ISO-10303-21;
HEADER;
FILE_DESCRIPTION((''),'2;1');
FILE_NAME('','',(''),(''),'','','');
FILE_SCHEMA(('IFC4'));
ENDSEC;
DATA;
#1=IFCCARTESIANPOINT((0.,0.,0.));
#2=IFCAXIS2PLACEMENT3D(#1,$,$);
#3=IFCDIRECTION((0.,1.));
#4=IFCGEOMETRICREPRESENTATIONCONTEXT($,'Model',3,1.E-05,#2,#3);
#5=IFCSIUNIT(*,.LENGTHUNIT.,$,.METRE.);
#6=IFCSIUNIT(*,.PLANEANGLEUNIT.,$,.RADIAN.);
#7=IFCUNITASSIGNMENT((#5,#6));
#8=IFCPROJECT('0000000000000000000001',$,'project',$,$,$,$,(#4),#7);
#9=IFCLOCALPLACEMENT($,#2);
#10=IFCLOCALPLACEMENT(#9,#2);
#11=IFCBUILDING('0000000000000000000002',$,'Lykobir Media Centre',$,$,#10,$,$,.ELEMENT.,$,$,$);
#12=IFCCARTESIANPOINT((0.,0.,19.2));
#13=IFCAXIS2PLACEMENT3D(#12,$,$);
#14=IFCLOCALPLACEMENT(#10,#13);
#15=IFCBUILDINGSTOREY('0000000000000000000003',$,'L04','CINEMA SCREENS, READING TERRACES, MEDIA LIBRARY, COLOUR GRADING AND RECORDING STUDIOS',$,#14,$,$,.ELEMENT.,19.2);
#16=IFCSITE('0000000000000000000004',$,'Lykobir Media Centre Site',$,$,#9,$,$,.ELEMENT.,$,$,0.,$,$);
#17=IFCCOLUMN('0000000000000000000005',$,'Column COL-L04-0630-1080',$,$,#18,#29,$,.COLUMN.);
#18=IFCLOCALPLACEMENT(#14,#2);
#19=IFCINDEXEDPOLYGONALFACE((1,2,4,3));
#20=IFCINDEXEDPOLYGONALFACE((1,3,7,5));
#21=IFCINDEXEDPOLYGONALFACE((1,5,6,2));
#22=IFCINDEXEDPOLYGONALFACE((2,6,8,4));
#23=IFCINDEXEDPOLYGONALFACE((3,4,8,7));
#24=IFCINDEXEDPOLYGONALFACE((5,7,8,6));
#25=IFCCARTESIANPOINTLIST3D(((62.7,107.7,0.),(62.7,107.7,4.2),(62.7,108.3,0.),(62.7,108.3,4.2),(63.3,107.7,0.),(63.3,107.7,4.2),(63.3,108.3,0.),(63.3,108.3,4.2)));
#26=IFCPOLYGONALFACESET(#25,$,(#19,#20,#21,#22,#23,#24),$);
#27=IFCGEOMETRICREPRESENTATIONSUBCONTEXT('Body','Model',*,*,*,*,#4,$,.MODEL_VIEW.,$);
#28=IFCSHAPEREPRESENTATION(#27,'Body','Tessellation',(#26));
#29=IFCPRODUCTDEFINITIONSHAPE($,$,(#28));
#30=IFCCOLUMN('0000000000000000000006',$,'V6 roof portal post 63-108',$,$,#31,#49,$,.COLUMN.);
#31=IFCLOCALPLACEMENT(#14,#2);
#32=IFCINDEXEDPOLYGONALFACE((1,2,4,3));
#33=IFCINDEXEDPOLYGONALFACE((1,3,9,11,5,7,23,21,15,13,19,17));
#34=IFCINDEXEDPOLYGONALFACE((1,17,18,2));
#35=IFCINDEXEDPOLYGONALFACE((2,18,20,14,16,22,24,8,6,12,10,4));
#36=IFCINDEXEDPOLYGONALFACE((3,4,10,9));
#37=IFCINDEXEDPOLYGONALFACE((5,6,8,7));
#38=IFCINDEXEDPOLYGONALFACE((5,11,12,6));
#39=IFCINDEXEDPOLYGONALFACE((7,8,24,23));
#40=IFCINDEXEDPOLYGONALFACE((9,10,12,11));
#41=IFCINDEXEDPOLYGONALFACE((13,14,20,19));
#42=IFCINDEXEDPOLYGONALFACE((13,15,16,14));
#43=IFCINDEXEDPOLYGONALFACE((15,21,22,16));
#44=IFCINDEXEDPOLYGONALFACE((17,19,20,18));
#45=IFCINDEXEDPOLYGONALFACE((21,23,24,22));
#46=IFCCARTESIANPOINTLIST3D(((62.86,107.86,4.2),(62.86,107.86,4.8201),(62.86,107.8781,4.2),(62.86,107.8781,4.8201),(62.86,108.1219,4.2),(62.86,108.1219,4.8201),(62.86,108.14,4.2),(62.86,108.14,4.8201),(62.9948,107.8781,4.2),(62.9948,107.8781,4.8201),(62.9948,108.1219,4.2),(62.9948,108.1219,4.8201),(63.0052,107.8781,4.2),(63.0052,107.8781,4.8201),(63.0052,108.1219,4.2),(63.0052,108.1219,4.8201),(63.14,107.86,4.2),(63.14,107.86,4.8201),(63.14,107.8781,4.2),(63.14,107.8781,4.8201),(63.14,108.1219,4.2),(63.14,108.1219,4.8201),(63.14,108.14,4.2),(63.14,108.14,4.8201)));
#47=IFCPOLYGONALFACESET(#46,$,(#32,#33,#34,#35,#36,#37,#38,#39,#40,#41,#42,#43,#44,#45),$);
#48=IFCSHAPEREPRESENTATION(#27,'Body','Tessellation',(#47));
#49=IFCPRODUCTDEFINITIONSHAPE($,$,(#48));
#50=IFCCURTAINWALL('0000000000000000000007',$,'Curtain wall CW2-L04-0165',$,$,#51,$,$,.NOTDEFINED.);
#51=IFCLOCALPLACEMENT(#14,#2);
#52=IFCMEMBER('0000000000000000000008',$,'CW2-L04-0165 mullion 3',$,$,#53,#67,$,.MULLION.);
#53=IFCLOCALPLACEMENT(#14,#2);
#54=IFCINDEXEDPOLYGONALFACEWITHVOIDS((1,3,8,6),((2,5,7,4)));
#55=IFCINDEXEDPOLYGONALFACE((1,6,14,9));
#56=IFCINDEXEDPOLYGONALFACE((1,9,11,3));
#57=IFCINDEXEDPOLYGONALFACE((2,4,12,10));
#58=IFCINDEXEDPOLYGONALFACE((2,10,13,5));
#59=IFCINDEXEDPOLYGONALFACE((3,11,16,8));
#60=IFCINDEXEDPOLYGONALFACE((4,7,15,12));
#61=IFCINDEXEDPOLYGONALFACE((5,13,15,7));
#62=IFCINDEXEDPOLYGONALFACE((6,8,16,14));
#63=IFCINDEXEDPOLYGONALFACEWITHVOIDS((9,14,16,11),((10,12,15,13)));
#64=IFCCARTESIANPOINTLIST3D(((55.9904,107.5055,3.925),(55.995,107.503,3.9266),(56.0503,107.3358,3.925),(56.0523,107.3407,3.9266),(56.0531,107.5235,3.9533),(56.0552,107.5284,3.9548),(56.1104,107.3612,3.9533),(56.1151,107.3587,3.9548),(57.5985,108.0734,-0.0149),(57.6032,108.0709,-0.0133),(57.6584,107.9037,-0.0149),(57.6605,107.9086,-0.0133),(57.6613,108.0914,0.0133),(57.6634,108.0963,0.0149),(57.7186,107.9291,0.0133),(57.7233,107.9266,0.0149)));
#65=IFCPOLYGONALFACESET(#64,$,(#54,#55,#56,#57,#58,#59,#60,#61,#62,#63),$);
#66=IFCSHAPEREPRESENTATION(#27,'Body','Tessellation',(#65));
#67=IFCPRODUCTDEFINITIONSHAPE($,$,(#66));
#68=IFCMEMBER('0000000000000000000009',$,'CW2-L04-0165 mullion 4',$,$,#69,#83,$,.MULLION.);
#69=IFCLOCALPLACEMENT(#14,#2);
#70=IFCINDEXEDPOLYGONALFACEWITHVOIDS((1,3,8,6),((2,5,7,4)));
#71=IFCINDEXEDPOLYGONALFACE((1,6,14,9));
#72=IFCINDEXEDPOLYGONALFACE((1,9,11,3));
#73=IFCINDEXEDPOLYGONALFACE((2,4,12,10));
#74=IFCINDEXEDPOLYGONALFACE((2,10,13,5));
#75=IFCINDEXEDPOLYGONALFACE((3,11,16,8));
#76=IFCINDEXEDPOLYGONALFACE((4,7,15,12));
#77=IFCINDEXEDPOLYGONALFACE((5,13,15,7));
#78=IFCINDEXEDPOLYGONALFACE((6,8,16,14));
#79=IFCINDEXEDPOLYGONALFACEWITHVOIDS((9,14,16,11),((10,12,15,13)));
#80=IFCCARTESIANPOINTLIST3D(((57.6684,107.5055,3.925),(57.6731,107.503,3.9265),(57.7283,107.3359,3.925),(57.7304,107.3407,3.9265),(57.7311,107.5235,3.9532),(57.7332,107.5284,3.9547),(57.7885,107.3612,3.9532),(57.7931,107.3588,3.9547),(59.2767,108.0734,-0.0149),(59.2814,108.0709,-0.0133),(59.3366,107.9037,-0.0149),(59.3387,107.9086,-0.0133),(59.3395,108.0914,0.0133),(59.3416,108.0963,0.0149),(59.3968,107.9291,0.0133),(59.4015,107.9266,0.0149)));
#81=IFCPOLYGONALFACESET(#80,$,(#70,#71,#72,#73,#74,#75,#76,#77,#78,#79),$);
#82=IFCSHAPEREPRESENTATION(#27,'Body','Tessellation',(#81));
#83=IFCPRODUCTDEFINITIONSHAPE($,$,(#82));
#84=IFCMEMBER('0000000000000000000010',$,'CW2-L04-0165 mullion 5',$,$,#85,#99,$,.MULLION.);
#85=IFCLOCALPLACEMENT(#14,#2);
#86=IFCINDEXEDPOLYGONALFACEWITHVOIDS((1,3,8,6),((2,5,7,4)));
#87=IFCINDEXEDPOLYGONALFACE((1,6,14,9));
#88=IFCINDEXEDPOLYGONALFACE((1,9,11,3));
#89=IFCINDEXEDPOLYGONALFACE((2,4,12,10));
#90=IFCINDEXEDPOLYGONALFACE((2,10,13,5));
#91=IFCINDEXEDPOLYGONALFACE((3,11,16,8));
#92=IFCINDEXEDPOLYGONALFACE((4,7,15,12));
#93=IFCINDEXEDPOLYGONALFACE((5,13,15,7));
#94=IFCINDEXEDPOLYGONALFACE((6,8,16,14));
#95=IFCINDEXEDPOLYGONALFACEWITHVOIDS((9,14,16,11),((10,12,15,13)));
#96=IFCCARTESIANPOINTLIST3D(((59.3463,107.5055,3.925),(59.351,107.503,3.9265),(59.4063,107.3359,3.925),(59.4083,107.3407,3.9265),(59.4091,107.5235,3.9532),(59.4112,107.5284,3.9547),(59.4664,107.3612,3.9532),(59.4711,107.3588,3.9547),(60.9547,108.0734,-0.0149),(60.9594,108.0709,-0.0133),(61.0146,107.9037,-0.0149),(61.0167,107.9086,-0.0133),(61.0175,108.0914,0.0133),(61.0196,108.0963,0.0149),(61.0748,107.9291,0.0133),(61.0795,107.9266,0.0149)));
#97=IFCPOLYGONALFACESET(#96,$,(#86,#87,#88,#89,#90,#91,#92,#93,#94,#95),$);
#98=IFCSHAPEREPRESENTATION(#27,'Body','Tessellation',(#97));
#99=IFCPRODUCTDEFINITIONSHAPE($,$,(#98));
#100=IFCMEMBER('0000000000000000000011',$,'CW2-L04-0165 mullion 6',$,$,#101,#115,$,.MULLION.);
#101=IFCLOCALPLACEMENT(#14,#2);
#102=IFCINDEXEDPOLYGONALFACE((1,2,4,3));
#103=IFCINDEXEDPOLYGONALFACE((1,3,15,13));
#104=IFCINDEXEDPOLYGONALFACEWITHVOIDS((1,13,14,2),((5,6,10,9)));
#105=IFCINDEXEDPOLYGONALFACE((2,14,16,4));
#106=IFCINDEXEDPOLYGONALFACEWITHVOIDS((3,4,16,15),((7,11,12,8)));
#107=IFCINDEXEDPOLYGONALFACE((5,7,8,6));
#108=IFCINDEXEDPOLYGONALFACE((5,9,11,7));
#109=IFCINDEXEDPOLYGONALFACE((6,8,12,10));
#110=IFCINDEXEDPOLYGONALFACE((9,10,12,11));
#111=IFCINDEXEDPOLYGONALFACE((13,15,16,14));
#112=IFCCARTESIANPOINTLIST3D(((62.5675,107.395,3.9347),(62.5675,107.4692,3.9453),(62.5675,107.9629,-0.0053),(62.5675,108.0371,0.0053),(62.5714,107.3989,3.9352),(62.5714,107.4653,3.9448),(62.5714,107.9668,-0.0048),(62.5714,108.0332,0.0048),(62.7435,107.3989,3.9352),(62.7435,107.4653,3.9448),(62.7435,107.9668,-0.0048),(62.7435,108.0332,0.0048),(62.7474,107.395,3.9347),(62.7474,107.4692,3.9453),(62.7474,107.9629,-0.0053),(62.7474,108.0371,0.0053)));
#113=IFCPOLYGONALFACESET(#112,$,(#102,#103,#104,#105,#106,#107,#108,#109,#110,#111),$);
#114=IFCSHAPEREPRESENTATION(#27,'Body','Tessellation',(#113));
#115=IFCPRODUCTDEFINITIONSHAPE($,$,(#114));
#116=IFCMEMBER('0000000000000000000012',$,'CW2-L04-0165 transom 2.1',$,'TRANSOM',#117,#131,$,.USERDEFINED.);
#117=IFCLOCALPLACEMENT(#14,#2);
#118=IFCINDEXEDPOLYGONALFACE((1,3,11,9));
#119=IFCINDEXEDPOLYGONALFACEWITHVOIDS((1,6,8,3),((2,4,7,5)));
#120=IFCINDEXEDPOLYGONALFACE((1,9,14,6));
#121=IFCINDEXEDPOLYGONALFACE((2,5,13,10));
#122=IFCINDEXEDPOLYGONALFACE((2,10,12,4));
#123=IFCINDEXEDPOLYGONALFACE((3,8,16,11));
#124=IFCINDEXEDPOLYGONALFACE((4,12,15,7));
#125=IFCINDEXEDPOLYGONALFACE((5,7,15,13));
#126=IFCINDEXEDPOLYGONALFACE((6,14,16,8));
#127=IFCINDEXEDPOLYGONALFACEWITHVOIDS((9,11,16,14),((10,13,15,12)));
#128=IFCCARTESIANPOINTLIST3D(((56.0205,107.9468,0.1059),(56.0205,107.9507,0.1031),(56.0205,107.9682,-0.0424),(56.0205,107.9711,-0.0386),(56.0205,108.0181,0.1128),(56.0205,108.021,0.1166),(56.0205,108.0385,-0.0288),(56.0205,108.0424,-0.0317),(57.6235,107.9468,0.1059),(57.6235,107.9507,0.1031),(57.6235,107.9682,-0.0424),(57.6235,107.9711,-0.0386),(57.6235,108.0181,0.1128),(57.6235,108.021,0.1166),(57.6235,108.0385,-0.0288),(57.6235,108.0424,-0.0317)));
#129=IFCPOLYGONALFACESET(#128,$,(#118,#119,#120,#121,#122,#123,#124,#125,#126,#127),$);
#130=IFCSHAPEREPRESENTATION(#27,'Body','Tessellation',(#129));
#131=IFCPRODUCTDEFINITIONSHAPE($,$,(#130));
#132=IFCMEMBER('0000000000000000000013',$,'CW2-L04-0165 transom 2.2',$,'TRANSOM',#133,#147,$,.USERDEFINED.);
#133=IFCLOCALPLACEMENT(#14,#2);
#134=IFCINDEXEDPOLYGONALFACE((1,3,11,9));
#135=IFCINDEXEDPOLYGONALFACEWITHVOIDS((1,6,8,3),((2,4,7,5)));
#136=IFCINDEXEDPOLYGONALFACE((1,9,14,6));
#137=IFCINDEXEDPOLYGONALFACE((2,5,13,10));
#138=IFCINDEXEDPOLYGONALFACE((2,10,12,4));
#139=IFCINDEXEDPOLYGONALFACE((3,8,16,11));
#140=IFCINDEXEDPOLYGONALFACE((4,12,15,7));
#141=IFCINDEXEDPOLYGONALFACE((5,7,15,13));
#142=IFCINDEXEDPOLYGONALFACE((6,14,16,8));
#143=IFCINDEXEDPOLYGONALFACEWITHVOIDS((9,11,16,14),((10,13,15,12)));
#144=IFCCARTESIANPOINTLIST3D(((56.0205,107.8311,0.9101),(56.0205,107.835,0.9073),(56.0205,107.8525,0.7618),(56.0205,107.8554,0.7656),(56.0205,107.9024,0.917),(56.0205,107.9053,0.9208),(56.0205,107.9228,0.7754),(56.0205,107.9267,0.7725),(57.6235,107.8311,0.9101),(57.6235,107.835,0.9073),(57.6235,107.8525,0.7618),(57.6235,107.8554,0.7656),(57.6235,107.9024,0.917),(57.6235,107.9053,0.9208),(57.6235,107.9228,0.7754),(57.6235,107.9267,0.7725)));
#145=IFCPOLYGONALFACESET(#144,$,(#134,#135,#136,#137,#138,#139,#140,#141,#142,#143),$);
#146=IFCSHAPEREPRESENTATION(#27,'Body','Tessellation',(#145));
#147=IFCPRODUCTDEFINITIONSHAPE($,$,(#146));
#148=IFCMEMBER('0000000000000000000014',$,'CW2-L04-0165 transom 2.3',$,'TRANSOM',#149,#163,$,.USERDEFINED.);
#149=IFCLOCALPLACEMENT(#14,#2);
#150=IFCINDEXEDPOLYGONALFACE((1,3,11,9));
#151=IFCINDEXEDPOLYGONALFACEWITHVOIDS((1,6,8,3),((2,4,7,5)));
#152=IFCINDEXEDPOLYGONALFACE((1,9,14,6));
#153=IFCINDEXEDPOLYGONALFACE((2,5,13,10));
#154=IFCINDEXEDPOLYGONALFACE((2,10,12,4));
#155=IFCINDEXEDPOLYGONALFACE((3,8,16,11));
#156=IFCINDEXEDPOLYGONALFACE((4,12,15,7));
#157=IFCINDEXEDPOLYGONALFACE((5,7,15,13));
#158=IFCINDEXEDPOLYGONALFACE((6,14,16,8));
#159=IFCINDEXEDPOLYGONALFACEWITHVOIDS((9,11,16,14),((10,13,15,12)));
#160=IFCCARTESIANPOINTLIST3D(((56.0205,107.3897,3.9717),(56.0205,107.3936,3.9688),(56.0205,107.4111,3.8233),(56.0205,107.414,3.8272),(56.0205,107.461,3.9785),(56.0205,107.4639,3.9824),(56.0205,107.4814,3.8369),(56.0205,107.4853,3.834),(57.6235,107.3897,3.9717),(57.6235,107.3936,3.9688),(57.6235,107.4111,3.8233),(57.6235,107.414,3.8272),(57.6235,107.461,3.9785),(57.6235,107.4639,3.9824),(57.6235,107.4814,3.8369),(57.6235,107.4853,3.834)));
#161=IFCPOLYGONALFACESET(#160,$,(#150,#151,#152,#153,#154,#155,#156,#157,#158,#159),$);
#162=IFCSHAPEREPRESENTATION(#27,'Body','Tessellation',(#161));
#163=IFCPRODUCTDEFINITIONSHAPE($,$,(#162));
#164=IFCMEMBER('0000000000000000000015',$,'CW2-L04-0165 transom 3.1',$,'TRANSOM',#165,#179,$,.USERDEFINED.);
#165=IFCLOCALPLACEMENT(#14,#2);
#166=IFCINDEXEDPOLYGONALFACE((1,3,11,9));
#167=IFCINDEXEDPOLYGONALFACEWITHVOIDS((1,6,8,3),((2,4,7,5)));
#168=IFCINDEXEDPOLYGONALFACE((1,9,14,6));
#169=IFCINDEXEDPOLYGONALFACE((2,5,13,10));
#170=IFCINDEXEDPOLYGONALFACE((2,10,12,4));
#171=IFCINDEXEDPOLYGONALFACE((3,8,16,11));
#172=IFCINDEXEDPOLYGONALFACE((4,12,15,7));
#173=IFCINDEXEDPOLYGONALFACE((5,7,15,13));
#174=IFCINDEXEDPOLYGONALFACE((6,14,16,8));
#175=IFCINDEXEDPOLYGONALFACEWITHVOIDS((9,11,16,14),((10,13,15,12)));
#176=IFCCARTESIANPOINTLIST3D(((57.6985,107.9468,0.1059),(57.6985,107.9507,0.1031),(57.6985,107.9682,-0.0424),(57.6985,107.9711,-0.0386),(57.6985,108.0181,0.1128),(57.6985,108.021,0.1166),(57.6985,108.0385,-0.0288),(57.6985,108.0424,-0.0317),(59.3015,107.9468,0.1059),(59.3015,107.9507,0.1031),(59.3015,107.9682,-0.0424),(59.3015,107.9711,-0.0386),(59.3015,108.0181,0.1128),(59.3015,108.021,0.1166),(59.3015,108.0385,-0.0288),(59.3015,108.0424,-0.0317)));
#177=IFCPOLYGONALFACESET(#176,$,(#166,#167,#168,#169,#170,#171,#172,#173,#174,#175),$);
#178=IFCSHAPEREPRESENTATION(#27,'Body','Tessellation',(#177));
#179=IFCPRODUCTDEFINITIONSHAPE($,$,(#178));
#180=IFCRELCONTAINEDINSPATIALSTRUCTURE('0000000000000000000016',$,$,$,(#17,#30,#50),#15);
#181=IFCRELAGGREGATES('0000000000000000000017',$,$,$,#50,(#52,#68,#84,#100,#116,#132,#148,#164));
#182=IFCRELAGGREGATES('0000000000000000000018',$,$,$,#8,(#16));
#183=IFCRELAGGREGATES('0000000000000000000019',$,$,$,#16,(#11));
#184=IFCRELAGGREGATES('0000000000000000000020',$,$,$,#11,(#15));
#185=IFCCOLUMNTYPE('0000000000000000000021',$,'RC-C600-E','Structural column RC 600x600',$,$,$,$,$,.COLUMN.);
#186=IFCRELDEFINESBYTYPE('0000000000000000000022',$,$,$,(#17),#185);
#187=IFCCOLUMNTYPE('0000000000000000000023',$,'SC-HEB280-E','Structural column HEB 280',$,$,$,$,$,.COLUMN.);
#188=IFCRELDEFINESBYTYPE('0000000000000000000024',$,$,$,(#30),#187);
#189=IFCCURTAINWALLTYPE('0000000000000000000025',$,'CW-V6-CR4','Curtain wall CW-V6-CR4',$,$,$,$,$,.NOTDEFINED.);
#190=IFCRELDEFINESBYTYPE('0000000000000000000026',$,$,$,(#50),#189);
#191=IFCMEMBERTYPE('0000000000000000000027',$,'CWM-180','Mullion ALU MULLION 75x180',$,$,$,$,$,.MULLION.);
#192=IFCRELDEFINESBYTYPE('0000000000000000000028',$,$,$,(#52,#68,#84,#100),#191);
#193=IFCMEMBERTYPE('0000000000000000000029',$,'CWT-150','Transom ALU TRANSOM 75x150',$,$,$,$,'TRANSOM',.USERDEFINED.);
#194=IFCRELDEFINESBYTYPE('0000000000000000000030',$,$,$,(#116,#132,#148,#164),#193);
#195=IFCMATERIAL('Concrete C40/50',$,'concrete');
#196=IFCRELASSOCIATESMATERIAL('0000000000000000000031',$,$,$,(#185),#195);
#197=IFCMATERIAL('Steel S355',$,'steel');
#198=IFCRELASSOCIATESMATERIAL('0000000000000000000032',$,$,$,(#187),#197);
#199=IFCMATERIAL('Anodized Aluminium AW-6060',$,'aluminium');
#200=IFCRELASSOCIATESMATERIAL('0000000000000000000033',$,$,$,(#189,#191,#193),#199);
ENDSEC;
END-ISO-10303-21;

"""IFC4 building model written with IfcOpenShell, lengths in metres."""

from ifc_helpers import new_model, si_unit, direction, frame, origin, origin_2d, place, context, subcontext, project, spatial, rectangle, hollow_rectangle, i_section, extrude, material, material_profile, profile_set, type_object, element, aggregate, save


model = new_model("IFC4")

# Units and contexts
model_context = context("Model", 3, precision=1e-05, world=origin(), true_north=direction((0.0, 1.0)))
body_context = subcontext(model_context, "Body", "Model", "MODEL_VIEW")
ifc_project = project(units=[si_unit("LENGTHUNIT", "METRE"), si_unit("PLANEANGLEUNIT", "RADIAN")], contexts=[model_context])

# Site, building, storey
site_placement = place(None, origin())
site = spatial("IfcSite", under=ifc_project, at=site_placement, Name="Lykobir Media Centre Site", CompositionType="ELEMENT", RefElevation=0.0)
building_placement = place(site_placement, origin())
building = spatial("IfcBuilding", under=site, at=building_placement, Name="Lykobir Media Centre", CompositionType="ELEMENT")
storey_placement = place(building_placement, frame((0.0, 0.0, 19.2)))
storey = spatial("IfcBuildingStorey", under=building, at=storey_placement, Name="L04", Description="CINEMA SCREENS, READING TERRACES, MEDIA LIBRARY, COLOUR GRADING AND RECORDING STUDIOS", CompositionType="ELEMENT", Elevation=19.2)

# Columns
ifc_material_1 = material(Name="Concrete C40/50", Category="concrete")
ifc_material_profile_1 = material_profile(ifc_material_1, rectangle(XDim=0.6001, YDim=0.6001, at=origin_2d()), Name="RC 600x600")
ifc_profile_set_1 = profile_set([ifc_material_profile_1], Name="Concrete C40/50")
column_type_1 = type_object("IfcColumnType", Name="RC-C600-E", Description="Structural column RC 600x600", PredefinedType="COLUMN", material=ifc_profile_set_1)
column_1_placement = place(storey_placement, frame((63.0, 108.0, 0.0), z_axis=(0.0, 0.0, 1.0), x_axis=(1.0, 0.0, 0.0)))
element("IfcColumn", 1, at=column_1_placement, inside=storey, type_object=column_type_1, Name="Column COL-L04-0630-1080", PredefinedType="COLUMN", context=body_context, shape_type="SweptSolid", body=[
    extrude(rectangle(XDim=0.6001, YDim=0.6001, at=origin_2d()), origin(), (0.0, 0.0, 1.0), 4.2),
])
ifc_material_2 = material(Name="Steel S355", Category="steel")
ifc_material_profile_2 = material_profile(ifc_material_2, i_section(OverallWidth=0.28, OverallDepth=0.28, WebThickness=0.0105, FlangeThickness=0.0181, at=origin_2d()), Name="HEB 280")
ifc_profile_set_2 = profile_set([ifc_material_profile_2], Name="Steel S355")
column_type_2 = type_object("IfcColumnType", Name="SC-HEB280-E", Description="Structural column HEB 280", PredefinedType="COLUMN", material=ifc_profile_set_2)
column_2_placement = place(storey_placement, frame((63.0, 108.0, 4.2), z_axis=(0.0, 0.0, 1.0), x_axis=(1.0, 0.0, 0.0)))
element("IfcColumn", 2, at=column_2_placement, inside=storey, type_object=column_type_2, Name="V6 roof portal post 63-108", PredefinedType="COLUMN", context=body_context, shape_type="SweptSolid", body=[
    extrude(i_section(OverallWidth=0.28, OverallDepth=0.28, WebThickness=0.0105, FlangeThickness=0.0181, at=origin_2d()), origin(), (0.0, 0.0, 1.0), 0.6201),
])

# Curtain wall, members
ifc_material_3 = material(Name="Anodized Aluminium AW-6060", Category="aluminium")
curtain_wall_type_1 = type_object("IfcCurtainWallType", Name="CW-V6-CR4", Description="Curtain wall CW-V6-CR4", PredefinedType="NOTDEFINED", material=ifc_material_3)
curtain_wall_1_placement = place(storey_placement, origin())
curtain_wall_1 = element("IfcCurtainWall", 3, at=curtain_wall_1_placement, inside=storey, type_object=curtain_wall_type_1, Name="Curtain wall CW2-L04-0165", PredefinedType="NOTDEFINED")
ifc_material_profile_3 = material_profile(ifc_material_3, hollow_rectangle(XDim=0.075, YDim=0.1799, WallThickness=0.0039, at=origin_2d()), Name="ALU MULLION 75x180")
ifc_profile_set_3 = profile_set([ifc_material_profile_3], Name="Anodized Aluminium AW-6060")
member_type_1 = type_object("IfcMemberType", Name="CWM-180", Description="Mullion ALU MULLION 75x180", PredefinedType="MULLION", material=ifc_profile_set_3)
member_1_placement = place(storey_placement, frame((57.6609, 108.0, 0.0), z_axis=(-0.37458, -0.132271, 0.917711), x_axis=(0.865345, 0.30557, 0.397248)))
member_1 = element("IfcMember", 4, at=member_1_placement, type_object=member_type_1, Name="CW2-L04-0165 mullion 3", PredefinedType="MULLION", context=body_context, shape_type="SweptSolid", body=[
    extrude(hollow_rectangle(XDim=0.075, YDim=0.1799, WallThickness=0.0039, at=origin_2d()), origin(), (0.0, 0.0, 1.0), 4.2932),
])
member_2_placement = place(storey_placement, frame((59.3391, 108.0, 0.0), z_axis=(-0.374628, -0.132269, 0.917692), x_axis=(0.865341, 0.305523, 0.397293)))
member_2 = element("IfcMember", 5, at=member_2_placement, type_object=member_type_1, Name="CW2-L04-0165 mullion 4", PredefinedType="MULLION", context=body_context, shape_type="SweptSolid", body=[
    extrude(hollow_rectangle(XDim=0.075, YDim=0.1799, WallThickness=0.0039, at=origin_2d()), origin(), (0.0, 0.0, 1.0), 4.2932),
])
member_3_placement = place(storey_placement, frame((61.0171, 108.0, 0.0), z_axis=(-0.374628, -0.132269, 0.917692), x_axis=(0.865341, 0.305523, 0.397293)))
member_3 = element("IfcMember", 6, at=member_3_placement, type_object=member_type_1, Name="CW2-L04-0165 mullion 5", PredefinedType="MULLION", context=body_context, shape_type="SweptSolid", body=[
    extrude(hollow_rectangle(XDim=0.075, YDim=0.1799, WallThickness=0.0039, at=origin_2d()), origin(), (0.0, 0.0, 1.0), 4.2932),
])
member_4_placement = place(storey_placement, frame((62.6575, 108.0, 0.0), z_axis=(0.0, -0.142658, 0.989772), x_axis=(0.0, 0.989772, 0.142658)))
member_4 = element("IfcMember", 7, at=member_4_placement, type_object=member_type_1, Name="CW2-L04-0165 mullion 6", PredefinedType="MULLION", context=body_context, shape_type="SweptSolid", body=[
    extrude(hollow_rectangle(XDim=0.075, YDim=0.1799, WallThickness=0.0039, at=origin_2d()), origin(), (0.0, 0.0, 1.0), 3.9807),
])
ifc_material_profile_4 = material_profile(ifc_material_3, hollow_rectangle(XDim=0.075, YDim=0.1499, WallThickness=0.0034, at=origin_2d()), Name="ALU TRANSOM 75x150")
ifc_profile_set_4 = profile_set([ifc_material_profile_4], Name="Anodized Aluminium AW-6060")
member_type_2 = type_object("IfcMemberType", Name="CWT-150", Description="Transom ALU TRANSOM 75x150", ElementType="TRANSOM", PredefinedType="USERDEFINED", material=ifc_profile_set_4)
member_5_placement = place(storey_placement, frame((56.0205, 107.9946, 0.0371), z_axis=(1.0, 0.0, 0.0), x_axis=(0.0, 0.989776, 0.142629)))
member_5 = element("IfcMember", 8, at=member_5_placement, type_object=member_type_2, Name="CW2-L04-0165 transom 2.1", ObjectType="TRANSOM", PredefinedType="USERDEFINED", context=body_context, shape_type="SweptSolid", body=[
    extrude(hollow_rectangle(XDim=0.075, YDim=0.1499, WallThickness=0.0034, at=origin_2d()), origin(), (0.0, 0.0, 1.0), 1.603),
])
member_6_placement = place(storey_placement, frame((56.0205, 107.8789, 0.8413), z_axis=(1.0, 0.0, 0.0), x_axis=(0.0, 0.989776, 0.142629)))
member_6 = element("IfcMember", 9, at=member_6_placement, type_object=member_type_2, Name="CW2-L04-0165 transom 2.2", ObjectType="TRANSOM", PredefinedType="USERDEFINED", context=body_context, shape_type="SweptSolid", body=[
    extrude(hollow_rectangle(XDim=0.075, YDim=0.1499, WallThickness=0.0034, at=origin_2d()), origin(), (0.0, 0.0, 1.0), 1.603),
])
member_7_placement = place(storey_placement, frame((56.0205, 107.4375, 3.9028), z_axis=(1.0, 0.0, 0.0), x_axis=(0.0, 0.989776, 0.142629)))
member_7 = element("IfcMember", 10, at=member_7_placement, type_object=member_type_2, Name="CW2-L04-0165 transom 2.3", ObjectType="TRANSOM", PredefinedType="USERDEFINED", context=body_context, shape_type="SweptSolid", body=[
    extrude(hollow_rectangle(XDim=0.075, YDim=0.1499, WallThickness=0.0034, at=origin_2d()), origin(), (0.0, 0.0, 1.0), 1.603),
])
member_8_placement = place(storey_placement, frame((57.6985, 107.9946, 0.0371), z_axis=(1.0, 0.0, 0.0), x_axis=(0.0, 0.989776, 0.142629)))
member_8 = element("IfcMember", 11, at=member_8_placement, type_object=member_type_2, Name="CW2-L04-0165 transom 3.1", ObjectType="TRANSOM", PredefinedType="USERDEFINED", context=body_context, shape_type="SweptSolid", body=[
    extrude(hollow_rectangle(XDim=0.075, YDim=0.1499, WallThickness=0.0034, at=origin_2d()), origin(), (0.0, 0.0, 1.0), 1.603),
])

aggregate(curtain_wall_1, [member_1, member_2, member_3, member_4, member_5, member_6, member_7, member_8])

save(model, "model.ifc")
